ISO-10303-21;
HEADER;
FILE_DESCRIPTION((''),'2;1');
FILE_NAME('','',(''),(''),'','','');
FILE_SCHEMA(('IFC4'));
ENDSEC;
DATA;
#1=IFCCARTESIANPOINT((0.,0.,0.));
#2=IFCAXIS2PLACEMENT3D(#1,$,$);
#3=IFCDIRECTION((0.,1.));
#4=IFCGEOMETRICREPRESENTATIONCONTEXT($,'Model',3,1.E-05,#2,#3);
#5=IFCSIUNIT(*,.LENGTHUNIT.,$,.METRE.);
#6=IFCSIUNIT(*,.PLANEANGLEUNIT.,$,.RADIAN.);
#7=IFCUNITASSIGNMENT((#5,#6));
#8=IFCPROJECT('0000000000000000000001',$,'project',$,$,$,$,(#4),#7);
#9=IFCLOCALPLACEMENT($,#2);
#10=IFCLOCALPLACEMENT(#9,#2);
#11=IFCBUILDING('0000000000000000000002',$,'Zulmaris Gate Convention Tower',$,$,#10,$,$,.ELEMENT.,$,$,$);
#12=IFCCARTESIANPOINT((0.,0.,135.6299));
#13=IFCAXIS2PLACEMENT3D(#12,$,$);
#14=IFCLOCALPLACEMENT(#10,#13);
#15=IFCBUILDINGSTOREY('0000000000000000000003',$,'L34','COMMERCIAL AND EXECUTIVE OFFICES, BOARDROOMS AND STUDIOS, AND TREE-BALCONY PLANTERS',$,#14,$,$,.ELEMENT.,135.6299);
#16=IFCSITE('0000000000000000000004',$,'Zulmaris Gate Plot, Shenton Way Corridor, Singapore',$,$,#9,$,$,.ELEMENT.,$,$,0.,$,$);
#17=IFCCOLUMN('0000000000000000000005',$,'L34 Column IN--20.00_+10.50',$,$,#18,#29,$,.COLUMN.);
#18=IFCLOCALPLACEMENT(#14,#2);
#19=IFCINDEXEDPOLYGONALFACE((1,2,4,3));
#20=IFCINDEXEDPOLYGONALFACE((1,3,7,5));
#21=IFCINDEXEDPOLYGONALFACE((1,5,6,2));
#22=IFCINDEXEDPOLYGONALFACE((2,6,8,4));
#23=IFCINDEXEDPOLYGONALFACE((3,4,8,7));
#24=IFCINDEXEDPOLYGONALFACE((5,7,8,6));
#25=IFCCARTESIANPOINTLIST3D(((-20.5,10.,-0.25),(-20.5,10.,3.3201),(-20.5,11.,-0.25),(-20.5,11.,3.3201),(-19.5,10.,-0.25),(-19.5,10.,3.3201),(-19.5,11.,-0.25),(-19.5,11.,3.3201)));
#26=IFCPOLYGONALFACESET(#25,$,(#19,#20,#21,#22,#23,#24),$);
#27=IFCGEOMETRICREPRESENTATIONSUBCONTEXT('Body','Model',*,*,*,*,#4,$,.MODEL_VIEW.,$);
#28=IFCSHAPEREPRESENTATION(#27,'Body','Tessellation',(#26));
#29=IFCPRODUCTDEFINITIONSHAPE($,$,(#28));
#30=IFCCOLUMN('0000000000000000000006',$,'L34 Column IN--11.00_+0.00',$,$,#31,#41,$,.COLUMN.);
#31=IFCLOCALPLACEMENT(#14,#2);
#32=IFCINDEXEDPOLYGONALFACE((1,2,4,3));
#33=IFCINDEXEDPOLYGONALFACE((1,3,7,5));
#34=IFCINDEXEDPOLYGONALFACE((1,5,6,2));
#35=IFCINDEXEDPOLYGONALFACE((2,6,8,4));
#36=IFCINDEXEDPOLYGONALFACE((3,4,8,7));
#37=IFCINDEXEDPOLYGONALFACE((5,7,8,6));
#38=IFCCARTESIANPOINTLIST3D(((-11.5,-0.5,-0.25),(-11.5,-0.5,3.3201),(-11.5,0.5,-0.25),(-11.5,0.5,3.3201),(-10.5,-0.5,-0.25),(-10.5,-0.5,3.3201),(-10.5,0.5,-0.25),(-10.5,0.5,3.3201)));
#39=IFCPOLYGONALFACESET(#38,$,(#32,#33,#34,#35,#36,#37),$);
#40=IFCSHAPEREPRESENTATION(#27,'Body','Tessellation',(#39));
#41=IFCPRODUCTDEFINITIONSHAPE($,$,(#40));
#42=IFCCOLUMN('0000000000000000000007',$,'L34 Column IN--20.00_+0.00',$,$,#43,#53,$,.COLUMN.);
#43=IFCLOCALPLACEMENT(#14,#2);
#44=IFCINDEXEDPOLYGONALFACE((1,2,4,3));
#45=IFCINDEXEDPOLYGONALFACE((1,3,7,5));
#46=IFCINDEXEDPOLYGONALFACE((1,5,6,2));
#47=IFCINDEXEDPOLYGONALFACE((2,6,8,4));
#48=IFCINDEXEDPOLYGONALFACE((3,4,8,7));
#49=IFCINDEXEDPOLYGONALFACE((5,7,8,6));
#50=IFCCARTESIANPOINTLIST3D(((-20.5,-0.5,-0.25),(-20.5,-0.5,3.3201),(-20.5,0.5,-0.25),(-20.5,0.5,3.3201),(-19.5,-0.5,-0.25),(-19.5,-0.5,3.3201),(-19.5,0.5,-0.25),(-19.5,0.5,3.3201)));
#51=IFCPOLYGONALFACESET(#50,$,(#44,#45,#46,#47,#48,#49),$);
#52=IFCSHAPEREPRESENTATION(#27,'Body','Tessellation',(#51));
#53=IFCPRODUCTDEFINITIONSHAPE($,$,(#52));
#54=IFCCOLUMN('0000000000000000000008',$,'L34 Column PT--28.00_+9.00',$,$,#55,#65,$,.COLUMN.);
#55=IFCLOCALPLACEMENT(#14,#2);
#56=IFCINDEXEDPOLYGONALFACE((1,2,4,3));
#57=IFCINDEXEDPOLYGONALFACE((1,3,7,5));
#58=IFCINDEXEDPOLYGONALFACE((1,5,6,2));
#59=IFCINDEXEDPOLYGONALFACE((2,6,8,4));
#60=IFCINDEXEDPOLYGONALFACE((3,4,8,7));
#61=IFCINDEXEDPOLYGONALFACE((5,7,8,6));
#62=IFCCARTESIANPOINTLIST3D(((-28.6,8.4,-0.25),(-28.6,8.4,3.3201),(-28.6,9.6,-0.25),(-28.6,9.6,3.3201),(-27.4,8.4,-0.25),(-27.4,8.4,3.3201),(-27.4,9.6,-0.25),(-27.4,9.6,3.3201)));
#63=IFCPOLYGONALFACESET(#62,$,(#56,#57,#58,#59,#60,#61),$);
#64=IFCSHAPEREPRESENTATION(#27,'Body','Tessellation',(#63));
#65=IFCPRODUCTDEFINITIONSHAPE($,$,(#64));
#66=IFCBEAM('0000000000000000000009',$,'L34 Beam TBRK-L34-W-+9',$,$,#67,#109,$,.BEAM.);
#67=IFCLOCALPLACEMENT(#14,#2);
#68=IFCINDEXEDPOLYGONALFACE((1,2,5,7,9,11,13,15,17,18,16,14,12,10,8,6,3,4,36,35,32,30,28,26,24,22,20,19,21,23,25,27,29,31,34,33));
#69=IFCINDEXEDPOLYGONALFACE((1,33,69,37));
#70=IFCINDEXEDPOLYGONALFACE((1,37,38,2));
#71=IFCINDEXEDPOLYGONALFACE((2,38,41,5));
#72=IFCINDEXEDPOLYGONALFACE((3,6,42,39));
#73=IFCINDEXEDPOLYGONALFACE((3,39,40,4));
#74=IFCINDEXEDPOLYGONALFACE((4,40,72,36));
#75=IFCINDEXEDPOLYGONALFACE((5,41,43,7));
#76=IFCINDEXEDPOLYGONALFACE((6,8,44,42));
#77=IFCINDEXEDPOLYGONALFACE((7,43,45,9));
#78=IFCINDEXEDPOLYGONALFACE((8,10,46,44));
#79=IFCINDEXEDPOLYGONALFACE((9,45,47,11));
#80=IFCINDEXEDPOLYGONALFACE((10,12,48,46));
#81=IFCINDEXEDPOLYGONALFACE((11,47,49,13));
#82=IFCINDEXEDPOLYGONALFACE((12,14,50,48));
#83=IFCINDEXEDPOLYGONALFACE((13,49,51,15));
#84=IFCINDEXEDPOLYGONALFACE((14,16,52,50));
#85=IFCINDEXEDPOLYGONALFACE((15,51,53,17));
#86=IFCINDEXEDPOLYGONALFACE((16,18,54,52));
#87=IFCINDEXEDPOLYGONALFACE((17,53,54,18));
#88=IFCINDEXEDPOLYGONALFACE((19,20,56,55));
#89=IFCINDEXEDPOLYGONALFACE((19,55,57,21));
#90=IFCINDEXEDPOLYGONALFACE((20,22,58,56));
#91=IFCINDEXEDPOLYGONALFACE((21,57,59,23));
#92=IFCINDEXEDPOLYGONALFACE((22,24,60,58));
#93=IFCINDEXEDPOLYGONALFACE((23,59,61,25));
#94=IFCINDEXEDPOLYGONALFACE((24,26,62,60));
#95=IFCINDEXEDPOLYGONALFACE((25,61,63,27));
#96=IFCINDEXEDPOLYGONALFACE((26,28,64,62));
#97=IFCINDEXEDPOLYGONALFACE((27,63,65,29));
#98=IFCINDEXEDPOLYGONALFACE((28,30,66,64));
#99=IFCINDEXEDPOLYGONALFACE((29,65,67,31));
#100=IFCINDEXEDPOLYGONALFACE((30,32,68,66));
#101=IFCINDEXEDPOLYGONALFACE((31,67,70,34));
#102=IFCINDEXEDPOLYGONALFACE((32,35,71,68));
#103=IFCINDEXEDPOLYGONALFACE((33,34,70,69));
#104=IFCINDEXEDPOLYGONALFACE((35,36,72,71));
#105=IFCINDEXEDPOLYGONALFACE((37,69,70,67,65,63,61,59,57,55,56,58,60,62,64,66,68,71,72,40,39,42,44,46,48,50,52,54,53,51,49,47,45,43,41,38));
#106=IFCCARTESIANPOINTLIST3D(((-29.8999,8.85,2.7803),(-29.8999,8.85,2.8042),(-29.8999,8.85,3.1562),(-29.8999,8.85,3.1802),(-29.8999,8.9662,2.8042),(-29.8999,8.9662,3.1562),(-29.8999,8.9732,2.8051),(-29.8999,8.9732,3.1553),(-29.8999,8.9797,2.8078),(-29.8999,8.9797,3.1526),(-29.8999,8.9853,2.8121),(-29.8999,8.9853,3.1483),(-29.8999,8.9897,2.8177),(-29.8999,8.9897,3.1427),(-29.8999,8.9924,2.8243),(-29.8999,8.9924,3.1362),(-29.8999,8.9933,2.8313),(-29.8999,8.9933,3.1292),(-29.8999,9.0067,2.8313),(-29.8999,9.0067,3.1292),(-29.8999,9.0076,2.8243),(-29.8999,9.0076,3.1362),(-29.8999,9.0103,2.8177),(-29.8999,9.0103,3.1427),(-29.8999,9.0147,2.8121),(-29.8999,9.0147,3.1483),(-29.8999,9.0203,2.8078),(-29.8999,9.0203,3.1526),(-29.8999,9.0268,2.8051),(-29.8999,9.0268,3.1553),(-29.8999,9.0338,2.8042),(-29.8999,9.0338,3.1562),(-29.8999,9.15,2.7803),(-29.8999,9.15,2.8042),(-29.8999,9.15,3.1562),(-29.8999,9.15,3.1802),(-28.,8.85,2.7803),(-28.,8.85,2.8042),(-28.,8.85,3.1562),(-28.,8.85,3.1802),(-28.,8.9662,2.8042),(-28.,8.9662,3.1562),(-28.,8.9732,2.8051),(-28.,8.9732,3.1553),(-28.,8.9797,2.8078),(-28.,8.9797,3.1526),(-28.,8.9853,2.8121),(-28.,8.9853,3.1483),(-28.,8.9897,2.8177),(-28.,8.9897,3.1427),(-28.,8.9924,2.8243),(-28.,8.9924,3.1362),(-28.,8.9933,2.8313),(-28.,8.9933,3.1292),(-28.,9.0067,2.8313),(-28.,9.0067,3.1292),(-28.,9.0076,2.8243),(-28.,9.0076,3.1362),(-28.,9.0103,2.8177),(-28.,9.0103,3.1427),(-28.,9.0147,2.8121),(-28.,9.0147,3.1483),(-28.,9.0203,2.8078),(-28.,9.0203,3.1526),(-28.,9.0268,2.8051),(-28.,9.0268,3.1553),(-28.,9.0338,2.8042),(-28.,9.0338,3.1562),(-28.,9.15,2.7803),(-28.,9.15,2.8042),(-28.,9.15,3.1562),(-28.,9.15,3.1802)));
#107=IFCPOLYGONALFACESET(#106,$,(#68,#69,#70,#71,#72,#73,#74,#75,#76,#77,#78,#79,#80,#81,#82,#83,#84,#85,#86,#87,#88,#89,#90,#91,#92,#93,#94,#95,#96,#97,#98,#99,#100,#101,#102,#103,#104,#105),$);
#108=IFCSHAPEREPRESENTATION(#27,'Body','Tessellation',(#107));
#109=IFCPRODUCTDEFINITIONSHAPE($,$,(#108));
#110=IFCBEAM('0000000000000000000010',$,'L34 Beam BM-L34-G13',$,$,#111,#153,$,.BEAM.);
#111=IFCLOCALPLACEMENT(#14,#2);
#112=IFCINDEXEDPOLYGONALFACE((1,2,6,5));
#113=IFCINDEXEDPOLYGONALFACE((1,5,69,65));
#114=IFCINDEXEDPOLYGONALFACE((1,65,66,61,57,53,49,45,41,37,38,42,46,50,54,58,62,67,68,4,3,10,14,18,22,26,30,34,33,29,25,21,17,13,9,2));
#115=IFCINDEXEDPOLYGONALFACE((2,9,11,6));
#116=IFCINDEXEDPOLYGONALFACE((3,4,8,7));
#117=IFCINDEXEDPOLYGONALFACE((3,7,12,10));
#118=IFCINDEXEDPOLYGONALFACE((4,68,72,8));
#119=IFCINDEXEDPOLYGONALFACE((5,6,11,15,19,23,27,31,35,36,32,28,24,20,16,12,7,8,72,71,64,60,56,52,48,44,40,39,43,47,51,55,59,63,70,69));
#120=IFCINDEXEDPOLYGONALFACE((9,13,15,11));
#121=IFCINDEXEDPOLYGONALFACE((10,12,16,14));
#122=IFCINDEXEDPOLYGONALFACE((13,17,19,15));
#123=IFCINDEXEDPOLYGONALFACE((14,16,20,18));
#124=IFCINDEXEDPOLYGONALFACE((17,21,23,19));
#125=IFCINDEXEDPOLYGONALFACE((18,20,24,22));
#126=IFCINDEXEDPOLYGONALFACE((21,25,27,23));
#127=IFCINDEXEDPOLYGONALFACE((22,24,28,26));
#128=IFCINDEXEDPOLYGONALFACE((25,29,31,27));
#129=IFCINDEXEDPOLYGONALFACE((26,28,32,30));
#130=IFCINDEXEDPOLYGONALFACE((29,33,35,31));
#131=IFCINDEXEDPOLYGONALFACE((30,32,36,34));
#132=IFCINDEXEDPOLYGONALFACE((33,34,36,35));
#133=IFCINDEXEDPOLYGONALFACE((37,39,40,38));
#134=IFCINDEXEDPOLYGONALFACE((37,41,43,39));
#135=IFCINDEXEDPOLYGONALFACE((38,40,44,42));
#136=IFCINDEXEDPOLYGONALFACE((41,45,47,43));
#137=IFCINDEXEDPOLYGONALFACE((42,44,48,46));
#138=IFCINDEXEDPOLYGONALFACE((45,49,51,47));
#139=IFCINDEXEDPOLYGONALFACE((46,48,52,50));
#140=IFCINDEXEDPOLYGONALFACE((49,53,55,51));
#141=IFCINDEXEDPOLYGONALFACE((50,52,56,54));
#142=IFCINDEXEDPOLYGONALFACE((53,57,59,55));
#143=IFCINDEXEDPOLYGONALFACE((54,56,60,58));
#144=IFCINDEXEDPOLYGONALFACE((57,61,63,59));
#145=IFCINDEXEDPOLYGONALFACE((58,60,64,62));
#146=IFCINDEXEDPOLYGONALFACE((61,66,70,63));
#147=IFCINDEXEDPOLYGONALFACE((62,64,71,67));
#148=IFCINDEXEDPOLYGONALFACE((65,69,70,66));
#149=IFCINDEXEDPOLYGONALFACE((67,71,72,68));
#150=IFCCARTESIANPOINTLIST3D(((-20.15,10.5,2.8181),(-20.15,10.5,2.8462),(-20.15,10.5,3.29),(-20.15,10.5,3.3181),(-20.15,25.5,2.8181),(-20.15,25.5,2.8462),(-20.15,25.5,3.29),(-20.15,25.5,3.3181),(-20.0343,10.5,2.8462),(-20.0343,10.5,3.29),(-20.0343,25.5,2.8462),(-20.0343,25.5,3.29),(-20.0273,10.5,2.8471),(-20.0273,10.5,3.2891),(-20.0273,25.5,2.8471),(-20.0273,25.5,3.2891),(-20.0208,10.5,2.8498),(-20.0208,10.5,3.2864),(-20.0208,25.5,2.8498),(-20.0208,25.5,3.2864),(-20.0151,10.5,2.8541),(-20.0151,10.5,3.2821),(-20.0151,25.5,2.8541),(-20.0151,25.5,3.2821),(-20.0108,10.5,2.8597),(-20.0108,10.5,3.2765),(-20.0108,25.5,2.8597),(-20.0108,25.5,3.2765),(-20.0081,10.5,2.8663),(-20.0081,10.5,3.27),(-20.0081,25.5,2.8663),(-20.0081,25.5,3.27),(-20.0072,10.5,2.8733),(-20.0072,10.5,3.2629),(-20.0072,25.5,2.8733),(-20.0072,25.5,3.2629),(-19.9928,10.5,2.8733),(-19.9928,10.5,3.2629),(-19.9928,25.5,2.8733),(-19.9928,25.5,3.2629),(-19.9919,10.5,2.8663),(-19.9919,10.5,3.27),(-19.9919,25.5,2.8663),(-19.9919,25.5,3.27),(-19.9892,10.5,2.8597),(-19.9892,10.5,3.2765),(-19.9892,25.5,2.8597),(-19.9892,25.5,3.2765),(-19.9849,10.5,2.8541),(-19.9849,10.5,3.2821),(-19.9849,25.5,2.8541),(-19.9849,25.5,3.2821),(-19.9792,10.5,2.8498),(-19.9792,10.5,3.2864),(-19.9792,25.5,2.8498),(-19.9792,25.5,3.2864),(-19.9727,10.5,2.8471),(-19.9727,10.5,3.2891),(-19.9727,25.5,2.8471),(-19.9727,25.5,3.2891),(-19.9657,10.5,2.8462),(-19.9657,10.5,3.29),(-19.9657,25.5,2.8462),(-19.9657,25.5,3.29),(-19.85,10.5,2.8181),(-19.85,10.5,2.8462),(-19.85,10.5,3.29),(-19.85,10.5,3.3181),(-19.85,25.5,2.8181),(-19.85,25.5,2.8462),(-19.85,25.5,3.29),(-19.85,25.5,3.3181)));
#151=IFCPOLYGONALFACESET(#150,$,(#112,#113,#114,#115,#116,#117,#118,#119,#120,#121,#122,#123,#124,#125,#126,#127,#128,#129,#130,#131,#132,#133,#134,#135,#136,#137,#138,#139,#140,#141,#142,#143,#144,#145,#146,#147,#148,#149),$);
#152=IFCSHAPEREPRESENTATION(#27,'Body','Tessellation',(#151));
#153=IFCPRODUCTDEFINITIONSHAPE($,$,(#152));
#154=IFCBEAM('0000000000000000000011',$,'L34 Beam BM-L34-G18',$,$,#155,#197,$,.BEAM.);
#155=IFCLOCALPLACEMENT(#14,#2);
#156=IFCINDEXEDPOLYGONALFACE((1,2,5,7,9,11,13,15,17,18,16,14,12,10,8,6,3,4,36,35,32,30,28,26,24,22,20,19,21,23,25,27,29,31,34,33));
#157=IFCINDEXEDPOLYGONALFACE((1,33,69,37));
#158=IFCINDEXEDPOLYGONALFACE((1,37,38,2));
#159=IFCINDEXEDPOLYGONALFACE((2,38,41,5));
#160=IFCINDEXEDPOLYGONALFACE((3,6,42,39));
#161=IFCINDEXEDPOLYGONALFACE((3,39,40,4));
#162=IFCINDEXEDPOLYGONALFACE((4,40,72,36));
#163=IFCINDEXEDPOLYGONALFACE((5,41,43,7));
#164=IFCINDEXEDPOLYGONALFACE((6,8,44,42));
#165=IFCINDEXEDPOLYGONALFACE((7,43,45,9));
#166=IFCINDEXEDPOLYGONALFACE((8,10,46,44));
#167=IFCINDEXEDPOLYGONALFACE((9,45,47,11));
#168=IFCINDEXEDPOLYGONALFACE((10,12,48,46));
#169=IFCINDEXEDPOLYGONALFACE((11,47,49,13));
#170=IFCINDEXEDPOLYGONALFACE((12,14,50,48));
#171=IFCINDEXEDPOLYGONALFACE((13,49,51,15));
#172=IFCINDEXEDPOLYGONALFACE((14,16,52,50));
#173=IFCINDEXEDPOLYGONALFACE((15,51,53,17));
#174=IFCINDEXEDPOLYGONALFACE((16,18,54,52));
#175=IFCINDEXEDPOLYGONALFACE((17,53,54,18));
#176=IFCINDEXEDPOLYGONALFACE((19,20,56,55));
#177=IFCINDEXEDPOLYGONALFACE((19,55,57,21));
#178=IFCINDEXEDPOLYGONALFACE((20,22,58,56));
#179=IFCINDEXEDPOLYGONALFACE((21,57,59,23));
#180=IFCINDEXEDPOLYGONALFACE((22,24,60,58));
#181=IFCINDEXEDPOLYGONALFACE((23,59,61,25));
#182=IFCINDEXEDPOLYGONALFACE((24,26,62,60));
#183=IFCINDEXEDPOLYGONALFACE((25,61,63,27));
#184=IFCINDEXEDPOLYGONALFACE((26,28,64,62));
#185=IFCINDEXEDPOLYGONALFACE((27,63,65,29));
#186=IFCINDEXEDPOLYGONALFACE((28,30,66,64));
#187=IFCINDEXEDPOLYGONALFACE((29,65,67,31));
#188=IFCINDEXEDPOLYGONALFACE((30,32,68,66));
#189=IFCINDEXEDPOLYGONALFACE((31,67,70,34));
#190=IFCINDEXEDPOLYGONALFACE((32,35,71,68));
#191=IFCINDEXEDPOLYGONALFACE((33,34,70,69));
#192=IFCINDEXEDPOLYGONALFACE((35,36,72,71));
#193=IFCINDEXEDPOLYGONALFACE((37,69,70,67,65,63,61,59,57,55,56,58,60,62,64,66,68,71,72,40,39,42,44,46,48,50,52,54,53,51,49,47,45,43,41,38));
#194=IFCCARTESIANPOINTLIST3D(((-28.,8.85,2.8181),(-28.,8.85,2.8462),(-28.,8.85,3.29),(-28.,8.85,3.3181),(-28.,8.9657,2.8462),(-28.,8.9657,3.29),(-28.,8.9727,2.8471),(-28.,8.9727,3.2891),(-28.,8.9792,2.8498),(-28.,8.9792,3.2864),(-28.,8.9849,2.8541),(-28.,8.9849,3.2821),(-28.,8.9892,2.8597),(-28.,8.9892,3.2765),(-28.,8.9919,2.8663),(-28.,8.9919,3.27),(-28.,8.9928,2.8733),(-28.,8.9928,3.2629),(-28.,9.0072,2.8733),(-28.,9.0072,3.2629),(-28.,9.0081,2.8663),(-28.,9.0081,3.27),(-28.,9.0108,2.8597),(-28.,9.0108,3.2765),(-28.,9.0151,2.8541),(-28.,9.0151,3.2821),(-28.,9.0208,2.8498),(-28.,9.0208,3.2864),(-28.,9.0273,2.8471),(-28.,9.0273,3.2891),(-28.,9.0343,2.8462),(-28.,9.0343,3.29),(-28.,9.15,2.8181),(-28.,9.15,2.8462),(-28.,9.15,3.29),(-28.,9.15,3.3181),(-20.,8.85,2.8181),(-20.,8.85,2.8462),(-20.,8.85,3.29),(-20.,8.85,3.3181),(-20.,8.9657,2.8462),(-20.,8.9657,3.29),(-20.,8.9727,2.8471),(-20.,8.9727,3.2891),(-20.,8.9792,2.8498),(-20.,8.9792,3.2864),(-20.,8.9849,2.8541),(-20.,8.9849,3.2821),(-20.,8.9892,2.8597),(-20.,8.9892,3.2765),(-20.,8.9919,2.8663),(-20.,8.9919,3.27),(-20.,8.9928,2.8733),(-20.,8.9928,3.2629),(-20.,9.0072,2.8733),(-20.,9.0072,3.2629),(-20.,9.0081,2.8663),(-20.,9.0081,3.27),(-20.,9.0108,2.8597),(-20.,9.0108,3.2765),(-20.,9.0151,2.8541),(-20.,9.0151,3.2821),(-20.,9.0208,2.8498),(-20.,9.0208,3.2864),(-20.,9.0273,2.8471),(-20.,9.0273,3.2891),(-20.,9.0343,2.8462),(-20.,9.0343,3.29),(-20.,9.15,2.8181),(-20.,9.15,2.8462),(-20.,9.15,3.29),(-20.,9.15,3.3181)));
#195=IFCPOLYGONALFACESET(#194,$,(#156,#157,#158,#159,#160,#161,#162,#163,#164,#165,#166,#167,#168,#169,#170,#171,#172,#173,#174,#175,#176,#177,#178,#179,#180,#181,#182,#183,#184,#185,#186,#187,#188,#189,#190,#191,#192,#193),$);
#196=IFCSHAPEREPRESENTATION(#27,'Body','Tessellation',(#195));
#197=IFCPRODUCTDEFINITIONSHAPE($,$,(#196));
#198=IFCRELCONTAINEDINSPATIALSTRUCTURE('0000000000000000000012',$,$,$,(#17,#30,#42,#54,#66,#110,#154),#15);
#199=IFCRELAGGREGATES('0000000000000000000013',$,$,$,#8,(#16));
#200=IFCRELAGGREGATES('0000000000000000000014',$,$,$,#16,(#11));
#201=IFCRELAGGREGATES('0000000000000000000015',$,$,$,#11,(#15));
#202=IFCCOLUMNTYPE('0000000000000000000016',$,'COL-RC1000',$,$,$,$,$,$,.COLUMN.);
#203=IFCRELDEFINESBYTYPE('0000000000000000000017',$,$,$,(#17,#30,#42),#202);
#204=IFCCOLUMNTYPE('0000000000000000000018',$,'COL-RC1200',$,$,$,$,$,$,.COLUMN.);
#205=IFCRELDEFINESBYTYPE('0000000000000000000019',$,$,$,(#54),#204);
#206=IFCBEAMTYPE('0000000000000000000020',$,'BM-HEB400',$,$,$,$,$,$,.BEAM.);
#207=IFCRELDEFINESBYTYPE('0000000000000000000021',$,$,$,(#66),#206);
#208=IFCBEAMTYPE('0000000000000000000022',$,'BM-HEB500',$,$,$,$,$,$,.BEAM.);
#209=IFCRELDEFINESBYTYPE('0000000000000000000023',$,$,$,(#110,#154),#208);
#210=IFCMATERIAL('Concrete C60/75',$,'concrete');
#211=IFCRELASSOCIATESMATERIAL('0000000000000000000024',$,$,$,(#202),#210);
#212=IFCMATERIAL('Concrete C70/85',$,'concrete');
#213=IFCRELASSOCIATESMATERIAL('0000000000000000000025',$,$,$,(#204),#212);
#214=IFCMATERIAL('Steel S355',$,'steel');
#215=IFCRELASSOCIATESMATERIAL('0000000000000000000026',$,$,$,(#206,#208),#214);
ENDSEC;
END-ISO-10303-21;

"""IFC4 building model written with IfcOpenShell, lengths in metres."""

from ifc_helpers import new_model, si_unit, direction, frame, origin, origin_2d, place, context, subcontext, project, spatial, rectangle, i_section, extrude, material, material_profile, profile_set, type_object, element, save


model = new_model("IFC4")

# Units and contexts
model_context = context("Model", 3, precision=1e-05, world=origin(), true_north=direction((0.0, 1.0)))
body_context = subcontext(model_context, "Body", "Model", "MODEL_VIEW")
ifc_project = project(units=[si_unit("LENGTHUNIT", "METRE"), si_unit("PLANEANGLEUNIT", "RADIAN")], contexts=[model_context])

# Site, building, storey
site_placement = place(None, origin())
site = spatial("IfcSite", under=ifc_project, at=site_placement, Name="Zulmaris Gate Plot, Shenton Way Corridor, Singapore", CompositionType="ELEMENT", RefElevation=0.0)
building_placement = place(site_placement, origin())
building = spatial("IfcBuilding", under=site, at=building_placement, Name="Zulmaris Gate Convention Tower", CompositionType="ELEMENT")
storey_placement = place(building_placement, frame((0.0, 0.0, 135.6299)))
storey = spatial("IfcBuildingStorey", under=building, at=storey_placement, Name="L34", Description="COMMERCIAL AND EXECUTIVE OFFICES, BOARDROOMS AND STUDIOS, AND TREE-BALCONY PLANTERS", CompositionType="ELEMENT", Elevation=135.6299)

# Columns
ifc_material_1 = material(Name="Concrete C60/75", Category="concrete")
ifc_material_profile_1 = material_profile(ifc_material_1, rectangle(XDim=1.0, YDim=1.0, at=origin_2d()), Name="RC COL 1000x1000")
ifc_profile_set_1 = profile_set([ifc_material_profile_1], Name="Concrete C60/75")
column_type_1 = type_object("IfcColumnType", Name="COL-RC1000", PredefinedType="COLUMN", material=ifc_profile_set_1)
for number, where, z_axis, x_axis, name in (
    (1, (-20.0, 10.5, -0.25), (0.0, 0.0, 1.0), (1.0, 0.0, 0.0), "L34 Column IN--20.00_+10.50"),
    (2, (-11.0, 0.0, -0.25), (0.0, 0.0, 1.0), (1.0, 0.0, 0.0), "L34 Column IN--11.00_+0.00"),
    (3, (-20.0, 0.0, -0.25), (0.0, 0.0, 1.0), (1.0, 0.0, 0.0), "L34 Column IN--20.00_+0.00"),
):
    element("IfcColumn", number, at=place(storey_placement, frame(where, z_axis=z_axis, x_axis=x_axis)), inside=storey, type_object=column_type_1, Name=name, PredefinedType="COLUMN", context=body_context, shape_type="SweptSolid", body=[
        extrude(rectangle(XDim=1.0, YDim=1.0, at=origin_2d()), origin(), (0.0, 0.0, 1.0), 3.5701),
    ])
ifc_material_2 = material(Name="Concrete C70/85", Category="concrete")
ifc_material_profile_2 = material_profile(ifc_material_2, rectangle(XDim=1.2, YDim=1.2, at=origin_2d()), Name="RC COL 1200x1200")
ifc_profile_set_2 = profile_set([ifc_material_profile_2], Name="Concrete C70/85")
column_type_2 = type_object("IfcColumnType", Name="COL-RC1200", PredefinedType="COLUMN", material=ifc_profile_set_2)
column_placement = place(storey_placement, frame((-28.0, 9.0, -0.25), z_axis=(0.0, 0.0, 1.0), x_axis=(1.0, 0.0, 0.0)))
element("IfcColumn", 4, at=column_placement, inside=storey, type_object=column_type_2, Name="L34 Column PT--28.00_+9.00", PredefinedType="COLUMN", context=body_context, shape_type="SweptSolid", body=[
    extrude(rectangle(XDim=1.2, YDim=1.2, at=origin_2d()), origin(), (0.0, 0.0, 1.0), 3.5701),
])

# Beams
ifc_material_3 = material(Name="Steel S355", Category="steel")
ifc_material_profile_3 = material_profile(ifc_material_3, i_section(OverallWidth=0.3, OverallDepth=0.3999, WebThickness=0.0134, FlangeThickness=0.0239, FilletRadius=0.0271, at=origin_2d()), Name="HEB 400")
ifc_profile_set_3 = profile_set([ifc_material_profile_3], Name="Steel S355")
beam_type_1 = type_object("IfcBeamType", Name="BM-HEB400", PredefinedType="BEAM", material=ifc_profile_set_3)
beam_1_placement = place(storey_placement, frame((-29.8999, 9.0, 2.9802), z_axis=(1.0, 0.0, 0.0), x_axis=(0.0, 1.0, 0.0)))
element("IfcBeam", 5, at=beam_1_placement, inside=storey, type_object=beam_type_1, Name="L34 Beam TBRK-L34-W-+9", PredefinedType="BEAM", context=body_context, shape_type="SweptSolid", body=[
    extrude(i_section(OverallWidth=0.3, OverallDepth=0.3999, WebThickness=0.0134, FlangeThickness=0.0239, FilletRadius=0.0271, at=origin_2d()), origin(), (0.0, 0.0, 1.0), 1.8999),
])
ifc_material_profile_4 = material_profile(ifc_material_3, i_section(OverallWidth=0.3, OverallDepth=0.5, WebThickness=0.0144, FlangeThickness=0.0281, FilletRadius=0.0271, at=origin_2d()), Name="HEB 500")
ifc_profile_set_4 = profile_set([ifc_material_profile_4], Name="Steel S355")
beam_type_2 = type_object("IfcBeamType", Name="BM-HEB500", PredefinedType="BEAM", material=ifc_profile_set_4)
beam_2_placement = place(storey_placement, frame((-20.0, 10.5, 3.0681), z_axis=(0.0, 1.0, 0.0), x_axis=(-1.0, 0.0, 0.0)))
element("IfcBeam", 6, at=beam_2_placement, inside=storey, type_object=beam_type_2, Name="L34 Beam BM-L34-G13", PredefinedType="BEAM", context=body_context, shape_type="SweptSolid", body=[
    extrude(i_section(OverallWidth=0.3, OverallDepth=0.5, WebThickness=0.0144, FlangeThickness=0.0281, FilletRadius=0.0271, at=origin_2d()), origin(), (0.0, 0.0, 1.0), 15.0),
])
beam_3_placement = place(storey_placement, frame((-28.0, 9.0, 3.0681), z_axis=(1.0, 0.0, 0.0), x_axis=(0.0, 1.0, 0.0)))
element("IfcBeam", 7, at=beam_3_placement, inside=storey, type_object=beam_type_2, Name="L34 Beam BM-L34-G18", PredefinedType="BEAM", context=body_context, shape_type="SweptSolid", body=[
    extrude(i_section(OverallWidth=0.3, OverallDepth=0.5, WebThickness=0.0144, FlangeThickness=0.0281, FilletRadius=0.0271, at=origin_2d()), origin(), (0.0, 0.0, 1.0), 8.0),
])

save(model, "model.ifc")
